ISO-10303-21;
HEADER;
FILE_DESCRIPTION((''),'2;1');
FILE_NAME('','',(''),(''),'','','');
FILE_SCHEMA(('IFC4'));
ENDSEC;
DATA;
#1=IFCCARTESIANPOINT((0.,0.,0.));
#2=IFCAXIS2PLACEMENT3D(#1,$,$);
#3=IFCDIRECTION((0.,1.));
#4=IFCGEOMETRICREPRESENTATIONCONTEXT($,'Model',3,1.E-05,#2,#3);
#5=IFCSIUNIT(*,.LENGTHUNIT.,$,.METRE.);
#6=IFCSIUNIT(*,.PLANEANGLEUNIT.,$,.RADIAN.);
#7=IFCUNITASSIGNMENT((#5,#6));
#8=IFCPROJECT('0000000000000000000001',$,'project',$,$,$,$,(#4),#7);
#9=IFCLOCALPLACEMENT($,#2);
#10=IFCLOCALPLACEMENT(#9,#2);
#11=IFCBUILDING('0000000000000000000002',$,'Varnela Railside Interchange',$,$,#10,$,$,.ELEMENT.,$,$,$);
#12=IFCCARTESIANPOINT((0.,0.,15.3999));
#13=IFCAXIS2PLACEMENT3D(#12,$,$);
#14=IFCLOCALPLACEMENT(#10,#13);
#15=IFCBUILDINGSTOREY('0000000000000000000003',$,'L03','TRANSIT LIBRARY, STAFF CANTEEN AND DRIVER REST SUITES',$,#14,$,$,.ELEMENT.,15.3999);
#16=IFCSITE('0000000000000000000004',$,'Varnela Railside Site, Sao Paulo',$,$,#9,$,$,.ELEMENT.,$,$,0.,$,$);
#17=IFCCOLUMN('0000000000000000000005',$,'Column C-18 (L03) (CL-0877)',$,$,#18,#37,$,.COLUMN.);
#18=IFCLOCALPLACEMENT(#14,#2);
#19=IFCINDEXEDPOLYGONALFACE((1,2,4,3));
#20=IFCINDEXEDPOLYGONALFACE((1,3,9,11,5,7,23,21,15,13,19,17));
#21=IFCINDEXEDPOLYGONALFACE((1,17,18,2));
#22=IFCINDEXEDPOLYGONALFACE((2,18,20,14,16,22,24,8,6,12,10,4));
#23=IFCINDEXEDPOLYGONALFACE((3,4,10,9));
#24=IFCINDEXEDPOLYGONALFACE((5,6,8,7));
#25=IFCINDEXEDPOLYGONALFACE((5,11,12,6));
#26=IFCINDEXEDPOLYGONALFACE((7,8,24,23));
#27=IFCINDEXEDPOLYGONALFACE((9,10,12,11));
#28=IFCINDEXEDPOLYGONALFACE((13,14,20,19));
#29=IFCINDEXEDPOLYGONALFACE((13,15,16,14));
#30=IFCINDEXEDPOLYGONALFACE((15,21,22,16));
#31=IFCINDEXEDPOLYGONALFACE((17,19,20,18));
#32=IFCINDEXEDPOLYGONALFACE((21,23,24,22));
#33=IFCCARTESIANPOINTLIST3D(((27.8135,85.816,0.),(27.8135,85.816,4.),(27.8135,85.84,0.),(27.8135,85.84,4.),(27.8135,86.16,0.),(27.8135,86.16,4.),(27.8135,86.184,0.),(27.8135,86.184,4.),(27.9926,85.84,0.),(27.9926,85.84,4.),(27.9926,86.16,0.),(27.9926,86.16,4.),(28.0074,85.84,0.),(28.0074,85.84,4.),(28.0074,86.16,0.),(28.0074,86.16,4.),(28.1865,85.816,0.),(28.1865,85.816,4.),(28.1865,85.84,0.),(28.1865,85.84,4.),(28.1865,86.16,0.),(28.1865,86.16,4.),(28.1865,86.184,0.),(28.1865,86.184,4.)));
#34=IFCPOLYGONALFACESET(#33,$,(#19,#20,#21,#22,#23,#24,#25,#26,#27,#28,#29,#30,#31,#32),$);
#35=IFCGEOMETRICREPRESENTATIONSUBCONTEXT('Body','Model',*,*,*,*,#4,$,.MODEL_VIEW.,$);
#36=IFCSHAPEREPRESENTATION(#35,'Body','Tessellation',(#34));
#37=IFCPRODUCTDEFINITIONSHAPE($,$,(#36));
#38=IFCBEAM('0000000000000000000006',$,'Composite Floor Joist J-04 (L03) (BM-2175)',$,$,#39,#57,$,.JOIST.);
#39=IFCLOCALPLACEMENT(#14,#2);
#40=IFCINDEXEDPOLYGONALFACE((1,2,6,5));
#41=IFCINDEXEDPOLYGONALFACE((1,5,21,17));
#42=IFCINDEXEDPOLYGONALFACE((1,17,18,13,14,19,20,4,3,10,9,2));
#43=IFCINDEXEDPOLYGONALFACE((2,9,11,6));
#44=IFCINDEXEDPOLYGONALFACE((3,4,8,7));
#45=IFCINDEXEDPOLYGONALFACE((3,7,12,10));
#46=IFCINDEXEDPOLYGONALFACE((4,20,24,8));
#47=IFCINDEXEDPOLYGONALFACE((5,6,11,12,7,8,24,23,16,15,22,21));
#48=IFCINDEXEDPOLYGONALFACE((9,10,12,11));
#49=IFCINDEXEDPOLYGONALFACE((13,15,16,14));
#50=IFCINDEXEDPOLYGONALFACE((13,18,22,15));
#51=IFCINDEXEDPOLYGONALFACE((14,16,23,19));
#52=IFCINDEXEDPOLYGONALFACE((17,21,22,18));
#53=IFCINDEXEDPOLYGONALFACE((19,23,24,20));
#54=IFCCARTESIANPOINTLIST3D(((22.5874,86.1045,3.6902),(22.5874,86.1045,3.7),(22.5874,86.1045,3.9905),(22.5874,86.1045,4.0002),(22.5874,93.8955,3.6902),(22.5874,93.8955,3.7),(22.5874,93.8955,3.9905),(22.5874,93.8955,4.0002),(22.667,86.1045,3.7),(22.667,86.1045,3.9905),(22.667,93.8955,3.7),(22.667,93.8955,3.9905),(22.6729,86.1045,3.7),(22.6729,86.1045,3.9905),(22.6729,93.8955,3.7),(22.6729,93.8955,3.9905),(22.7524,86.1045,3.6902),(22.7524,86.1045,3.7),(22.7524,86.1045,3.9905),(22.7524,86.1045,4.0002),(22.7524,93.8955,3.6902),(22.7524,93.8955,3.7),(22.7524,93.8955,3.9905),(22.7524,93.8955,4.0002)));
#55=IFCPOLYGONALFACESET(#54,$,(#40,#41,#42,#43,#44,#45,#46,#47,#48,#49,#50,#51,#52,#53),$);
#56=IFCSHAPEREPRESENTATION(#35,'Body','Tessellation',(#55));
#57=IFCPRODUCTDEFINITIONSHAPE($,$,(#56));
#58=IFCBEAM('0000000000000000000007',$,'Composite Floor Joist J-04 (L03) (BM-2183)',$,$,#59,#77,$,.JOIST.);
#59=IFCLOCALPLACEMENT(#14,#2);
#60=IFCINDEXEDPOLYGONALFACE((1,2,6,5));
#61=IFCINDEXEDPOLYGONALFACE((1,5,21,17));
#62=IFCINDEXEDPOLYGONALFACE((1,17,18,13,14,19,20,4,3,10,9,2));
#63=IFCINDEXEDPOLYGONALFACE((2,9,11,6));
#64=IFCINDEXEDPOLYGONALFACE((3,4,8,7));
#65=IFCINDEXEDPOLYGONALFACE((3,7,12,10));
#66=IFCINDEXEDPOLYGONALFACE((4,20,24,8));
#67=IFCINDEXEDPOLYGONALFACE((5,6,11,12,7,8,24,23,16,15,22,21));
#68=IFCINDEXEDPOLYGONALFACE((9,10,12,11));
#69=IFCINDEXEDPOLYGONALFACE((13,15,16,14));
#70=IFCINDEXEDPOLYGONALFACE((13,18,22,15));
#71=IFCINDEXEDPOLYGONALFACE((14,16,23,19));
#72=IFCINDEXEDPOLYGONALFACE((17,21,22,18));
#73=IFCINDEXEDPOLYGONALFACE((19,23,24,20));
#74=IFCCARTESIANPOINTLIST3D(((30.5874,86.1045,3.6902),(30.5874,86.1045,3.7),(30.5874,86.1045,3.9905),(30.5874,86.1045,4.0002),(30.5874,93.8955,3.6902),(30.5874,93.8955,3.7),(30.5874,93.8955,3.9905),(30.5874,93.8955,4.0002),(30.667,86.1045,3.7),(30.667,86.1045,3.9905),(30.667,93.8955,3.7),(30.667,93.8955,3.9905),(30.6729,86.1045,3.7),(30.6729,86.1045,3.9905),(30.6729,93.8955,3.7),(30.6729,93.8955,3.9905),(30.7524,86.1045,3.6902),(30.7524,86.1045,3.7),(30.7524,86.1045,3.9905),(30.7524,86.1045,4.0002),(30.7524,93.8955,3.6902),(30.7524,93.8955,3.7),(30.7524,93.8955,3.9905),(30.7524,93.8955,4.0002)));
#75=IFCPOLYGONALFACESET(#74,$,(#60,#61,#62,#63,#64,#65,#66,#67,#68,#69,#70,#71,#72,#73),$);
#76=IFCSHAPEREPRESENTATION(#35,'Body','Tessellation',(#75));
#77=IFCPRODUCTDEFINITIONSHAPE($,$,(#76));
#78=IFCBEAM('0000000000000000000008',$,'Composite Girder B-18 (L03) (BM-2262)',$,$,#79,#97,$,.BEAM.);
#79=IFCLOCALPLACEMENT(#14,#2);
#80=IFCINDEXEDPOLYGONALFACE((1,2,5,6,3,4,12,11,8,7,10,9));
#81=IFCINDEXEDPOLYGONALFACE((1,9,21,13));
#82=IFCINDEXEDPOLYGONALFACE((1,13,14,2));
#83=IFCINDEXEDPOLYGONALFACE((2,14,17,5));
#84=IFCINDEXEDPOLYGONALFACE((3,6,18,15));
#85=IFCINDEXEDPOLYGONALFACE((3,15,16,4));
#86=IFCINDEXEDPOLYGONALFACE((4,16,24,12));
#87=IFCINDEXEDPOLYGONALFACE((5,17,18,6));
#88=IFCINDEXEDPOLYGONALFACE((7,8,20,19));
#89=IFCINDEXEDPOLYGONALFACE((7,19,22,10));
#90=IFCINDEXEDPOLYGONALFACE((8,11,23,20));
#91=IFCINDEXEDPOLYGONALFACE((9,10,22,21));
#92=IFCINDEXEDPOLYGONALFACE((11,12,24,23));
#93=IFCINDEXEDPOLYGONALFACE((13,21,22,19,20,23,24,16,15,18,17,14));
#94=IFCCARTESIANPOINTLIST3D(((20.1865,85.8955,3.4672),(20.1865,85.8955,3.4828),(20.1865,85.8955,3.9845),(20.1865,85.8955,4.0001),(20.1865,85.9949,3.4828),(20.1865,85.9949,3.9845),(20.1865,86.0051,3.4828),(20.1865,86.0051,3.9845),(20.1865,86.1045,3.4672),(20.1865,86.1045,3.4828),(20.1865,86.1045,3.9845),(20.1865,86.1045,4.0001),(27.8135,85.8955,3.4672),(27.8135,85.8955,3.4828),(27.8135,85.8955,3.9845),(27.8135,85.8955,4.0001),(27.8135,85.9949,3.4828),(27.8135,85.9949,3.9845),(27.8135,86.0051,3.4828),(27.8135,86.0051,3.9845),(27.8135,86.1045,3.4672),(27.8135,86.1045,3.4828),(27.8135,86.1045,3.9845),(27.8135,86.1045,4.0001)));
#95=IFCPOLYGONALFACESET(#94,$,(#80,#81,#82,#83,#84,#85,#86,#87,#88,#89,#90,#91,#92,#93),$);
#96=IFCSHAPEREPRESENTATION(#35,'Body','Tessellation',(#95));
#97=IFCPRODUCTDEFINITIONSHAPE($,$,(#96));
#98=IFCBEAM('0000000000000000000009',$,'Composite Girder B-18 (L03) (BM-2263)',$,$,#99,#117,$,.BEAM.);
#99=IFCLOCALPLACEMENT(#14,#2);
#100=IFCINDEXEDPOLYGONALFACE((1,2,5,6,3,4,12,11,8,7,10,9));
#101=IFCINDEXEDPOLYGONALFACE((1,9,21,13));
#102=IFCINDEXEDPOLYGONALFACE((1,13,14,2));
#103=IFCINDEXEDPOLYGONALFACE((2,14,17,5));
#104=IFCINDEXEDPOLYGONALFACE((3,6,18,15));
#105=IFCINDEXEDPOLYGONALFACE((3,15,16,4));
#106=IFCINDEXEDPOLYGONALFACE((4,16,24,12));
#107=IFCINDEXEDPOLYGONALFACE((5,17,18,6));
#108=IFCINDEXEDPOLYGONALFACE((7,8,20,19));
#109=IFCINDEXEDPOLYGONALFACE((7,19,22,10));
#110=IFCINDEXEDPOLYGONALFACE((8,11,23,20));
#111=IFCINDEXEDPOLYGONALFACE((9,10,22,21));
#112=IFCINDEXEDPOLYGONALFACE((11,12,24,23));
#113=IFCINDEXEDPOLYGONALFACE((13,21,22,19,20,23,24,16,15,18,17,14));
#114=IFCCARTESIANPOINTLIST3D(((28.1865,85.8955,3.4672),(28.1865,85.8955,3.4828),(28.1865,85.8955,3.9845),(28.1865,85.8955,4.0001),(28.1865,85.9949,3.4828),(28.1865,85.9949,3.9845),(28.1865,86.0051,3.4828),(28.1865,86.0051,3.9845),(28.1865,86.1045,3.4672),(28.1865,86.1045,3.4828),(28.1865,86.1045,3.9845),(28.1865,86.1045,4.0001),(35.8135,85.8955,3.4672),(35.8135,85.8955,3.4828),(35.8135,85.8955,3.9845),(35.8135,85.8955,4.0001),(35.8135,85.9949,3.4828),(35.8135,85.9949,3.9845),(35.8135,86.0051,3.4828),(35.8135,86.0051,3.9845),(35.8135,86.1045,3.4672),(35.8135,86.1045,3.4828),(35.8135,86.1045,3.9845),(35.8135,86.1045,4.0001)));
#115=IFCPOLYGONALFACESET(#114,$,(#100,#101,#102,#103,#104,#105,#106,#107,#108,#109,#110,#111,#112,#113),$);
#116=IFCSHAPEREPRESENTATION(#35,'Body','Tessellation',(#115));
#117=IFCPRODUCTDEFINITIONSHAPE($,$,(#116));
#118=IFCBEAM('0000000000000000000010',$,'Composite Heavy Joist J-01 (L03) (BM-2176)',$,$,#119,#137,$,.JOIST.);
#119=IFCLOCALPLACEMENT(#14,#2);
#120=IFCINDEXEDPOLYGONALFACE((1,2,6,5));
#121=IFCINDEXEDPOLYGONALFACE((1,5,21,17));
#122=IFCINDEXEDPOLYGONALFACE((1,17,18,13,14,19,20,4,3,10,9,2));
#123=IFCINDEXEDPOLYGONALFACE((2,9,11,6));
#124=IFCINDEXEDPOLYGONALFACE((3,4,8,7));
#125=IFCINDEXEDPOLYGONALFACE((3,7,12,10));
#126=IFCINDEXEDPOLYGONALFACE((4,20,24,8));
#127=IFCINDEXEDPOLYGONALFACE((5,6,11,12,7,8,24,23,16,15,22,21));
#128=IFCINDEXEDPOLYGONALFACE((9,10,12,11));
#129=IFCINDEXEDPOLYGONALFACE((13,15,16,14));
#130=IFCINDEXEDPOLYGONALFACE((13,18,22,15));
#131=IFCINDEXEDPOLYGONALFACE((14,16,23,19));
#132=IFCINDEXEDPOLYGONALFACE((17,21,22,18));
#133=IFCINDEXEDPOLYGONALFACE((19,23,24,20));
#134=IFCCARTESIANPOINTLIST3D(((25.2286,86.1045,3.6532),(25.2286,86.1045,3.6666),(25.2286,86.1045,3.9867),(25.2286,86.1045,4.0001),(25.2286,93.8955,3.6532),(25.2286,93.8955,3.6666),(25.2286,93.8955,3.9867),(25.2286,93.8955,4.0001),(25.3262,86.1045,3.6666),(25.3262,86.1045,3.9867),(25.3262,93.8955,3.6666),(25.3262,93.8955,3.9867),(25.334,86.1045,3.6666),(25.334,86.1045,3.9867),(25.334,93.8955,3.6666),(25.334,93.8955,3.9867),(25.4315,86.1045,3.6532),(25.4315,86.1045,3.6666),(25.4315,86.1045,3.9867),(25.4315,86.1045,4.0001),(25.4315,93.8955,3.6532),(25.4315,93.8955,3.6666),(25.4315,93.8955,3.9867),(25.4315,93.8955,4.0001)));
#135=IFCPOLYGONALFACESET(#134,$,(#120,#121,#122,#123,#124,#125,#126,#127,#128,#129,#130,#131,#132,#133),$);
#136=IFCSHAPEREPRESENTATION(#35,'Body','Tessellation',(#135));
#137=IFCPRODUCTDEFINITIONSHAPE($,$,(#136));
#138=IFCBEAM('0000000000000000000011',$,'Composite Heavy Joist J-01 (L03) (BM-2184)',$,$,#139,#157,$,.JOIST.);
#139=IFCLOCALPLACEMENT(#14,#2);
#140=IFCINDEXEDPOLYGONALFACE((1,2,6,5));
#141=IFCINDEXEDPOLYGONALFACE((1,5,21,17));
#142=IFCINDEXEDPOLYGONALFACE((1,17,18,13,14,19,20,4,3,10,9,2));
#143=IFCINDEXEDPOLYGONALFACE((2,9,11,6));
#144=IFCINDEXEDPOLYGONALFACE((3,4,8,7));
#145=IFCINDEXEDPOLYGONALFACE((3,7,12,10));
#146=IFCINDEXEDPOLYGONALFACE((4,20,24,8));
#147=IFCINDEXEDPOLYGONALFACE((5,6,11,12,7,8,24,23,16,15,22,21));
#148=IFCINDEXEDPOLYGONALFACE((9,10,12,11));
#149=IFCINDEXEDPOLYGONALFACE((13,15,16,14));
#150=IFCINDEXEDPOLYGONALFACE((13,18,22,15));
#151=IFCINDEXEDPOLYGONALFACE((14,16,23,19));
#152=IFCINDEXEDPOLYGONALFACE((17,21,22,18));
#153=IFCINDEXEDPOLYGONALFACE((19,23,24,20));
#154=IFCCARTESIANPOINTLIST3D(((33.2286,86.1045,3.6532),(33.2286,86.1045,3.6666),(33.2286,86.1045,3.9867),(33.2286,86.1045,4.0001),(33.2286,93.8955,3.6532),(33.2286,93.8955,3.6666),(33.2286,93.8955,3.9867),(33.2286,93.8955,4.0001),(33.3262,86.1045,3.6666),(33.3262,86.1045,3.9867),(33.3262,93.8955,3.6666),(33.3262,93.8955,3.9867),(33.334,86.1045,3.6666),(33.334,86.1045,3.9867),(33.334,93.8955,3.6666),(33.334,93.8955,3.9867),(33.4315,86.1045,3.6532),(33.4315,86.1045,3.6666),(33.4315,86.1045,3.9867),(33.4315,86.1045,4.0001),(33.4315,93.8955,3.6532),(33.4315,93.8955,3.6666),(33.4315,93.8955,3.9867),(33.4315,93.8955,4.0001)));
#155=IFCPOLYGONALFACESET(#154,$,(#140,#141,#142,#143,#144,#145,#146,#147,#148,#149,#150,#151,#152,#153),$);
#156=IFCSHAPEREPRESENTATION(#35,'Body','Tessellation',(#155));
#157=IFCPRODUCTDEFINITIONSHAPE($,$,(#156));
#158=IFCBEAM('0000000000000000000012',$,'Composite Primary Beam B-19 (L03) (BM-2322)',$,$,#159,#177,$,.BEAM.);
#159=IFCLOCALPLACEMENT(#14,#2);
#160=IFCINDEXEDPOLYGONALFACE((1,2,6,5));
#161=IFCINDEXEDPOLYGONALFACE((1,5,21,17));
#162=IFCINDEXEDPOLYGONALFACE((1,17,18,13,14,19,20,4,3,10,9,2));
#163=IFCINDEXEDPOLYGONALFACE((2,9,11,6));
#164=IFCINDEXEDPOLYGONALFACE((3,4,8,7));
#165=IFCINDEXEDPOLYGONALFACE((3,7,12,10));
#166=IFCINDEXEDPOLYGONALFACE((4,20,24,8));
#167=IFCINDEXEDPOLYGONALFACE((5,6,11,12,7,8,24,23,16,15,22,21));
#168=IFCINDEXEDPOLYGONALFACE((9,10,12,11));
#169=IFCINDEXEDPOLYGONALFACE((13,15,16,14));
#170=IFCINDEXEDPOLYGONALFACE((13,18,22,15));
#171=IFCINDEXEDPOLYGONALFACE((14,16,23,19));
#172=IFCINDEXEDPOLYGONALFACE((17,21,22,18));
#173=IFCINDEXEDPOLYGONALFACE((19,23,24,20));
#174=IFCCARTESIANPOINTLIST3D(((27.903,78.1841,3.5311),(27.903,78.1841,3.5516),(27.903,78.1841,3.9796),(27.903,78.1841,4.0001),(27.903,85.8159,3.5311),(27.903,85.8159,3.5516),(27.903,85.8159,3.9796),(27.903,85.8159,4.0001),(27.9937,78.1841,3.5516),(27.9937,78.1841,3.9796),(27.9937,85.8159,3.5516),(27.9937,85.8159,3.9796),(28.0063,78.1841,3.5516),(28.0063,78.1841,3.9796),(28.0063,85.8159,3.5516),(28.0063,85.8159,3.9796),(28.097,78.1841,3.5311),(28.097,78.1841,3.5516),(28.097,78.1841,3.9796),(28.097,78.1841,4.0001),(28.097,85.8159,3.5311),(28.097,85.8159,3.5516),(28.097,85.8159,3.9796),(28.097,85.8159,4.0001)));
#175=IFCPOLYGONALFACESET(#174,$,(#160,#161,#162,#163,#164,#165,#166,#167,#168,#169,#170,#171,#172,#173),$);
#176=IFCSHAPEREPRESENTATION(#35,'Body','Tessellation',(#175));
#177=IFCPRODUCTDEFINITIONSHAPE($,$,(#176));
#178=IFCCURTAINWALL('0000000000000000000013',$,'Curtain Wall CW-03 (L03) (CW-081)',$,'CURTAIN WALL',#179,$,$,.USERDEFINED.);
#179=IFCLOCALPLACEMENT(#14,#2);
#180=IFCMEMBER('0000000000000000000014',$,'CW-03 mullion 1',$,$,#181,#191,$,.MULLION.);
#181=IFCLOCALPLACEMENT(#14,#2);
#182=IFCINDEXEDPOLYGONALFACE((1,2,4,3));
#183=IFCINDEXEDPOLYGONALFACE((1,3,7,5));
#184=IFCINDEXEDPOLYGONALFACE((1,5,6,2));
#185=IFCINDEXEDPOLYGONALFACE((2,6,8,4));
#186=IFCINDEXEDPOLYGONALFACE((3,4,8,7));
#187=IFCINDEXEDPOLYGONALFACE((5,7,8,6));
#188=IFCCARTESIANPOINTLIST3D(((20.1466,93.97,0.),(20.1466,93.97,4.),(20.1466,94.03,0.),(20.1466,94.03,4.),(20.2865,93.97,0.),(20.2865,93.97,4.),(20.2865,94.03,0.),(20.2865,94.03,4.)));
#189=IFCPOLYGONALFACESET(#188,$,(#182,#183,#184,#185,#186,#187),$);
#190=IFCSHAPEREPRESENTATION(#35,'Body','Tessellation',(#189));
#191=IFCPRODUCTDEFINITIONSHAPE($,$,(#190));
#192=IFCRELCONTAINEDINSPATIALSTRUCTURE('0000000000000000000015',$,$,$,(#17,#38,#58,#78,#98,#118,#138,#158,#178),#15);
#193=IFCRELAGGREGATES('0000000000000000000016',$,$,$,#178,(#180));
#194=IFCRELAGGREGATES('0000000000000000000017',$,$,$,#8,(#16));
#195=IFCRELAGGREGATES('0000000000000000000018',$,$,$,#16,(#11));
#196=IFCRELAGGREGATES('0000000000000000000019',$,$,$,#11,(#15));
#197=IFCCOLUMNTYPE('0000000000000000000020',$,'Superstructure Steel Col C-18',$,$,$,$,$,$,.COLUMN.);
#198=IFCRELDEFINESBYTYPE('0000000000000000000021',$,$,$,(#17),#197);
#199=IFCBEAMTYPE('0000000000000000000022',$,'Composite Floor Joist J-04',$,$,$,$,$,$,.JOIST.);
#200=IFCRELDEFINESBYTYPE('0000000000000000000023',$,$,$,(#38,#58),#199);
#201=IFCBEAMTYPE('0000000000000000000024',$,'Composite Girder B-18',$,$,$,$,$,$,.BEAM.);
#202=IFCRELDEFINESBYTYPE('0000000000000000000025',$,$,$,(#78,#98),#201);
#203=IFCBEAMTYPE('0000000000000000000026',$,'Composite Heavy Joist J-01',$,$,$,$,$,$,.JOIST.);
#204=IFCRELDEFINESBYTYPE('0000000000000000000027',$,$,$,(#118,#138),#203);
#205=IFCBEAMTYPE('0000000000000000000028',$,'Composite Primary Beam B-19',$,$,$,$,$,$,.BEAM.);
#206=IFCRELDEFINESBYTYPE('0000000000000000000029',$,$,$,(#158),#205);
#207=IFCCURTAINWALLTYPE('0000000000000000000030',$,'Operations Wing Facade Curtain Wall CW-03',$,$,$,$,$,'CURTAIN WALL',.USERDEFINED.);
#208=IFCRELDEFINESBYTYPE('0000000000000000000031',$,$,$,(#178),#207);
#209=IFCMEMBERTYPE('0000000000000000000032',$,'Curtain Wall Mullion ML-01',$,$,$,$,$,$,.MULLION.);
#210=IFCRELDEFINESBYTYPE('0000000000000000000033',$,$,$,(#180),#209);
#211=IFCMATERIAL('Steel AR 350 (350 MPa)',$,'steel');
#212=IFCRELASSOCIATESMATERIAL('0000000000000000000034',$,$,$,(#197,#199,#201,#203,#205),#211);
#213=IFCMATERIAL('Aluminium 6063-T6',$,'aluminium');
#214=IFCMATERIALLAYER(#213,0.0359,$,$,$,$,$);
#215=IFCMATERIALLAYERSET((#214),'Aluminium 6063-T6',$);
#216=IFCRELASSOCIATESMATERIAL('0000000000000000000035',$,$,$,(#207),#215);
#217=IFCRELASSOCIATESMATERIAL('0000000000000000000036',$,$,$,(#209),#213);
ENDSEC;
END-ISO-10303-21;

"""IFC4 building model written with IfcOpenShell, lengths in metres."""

from ifc_helpers import new_model, si_unit, direction, frame, origin, origin_2d, place, context, subcontext, project, spatial, rectangle, i_section, extrude, material, layer, layer_set, material_profile, profile_set, type_object, element, aggregate, save


model = new_model("IFC4")

# Units and contexts
model_context = context("Model", 3, precision=1e-05, world=origin(), true_north=direction((0.0, 1.0)))
body_context = subcontext(model_context, "Body", "Model", "MODEL_VIEW")
ifc_project = project(units=[si_unit("LENGTHUNIT", "METRE"), si_unit("PLANEANGLEUNIT", "RADIAN")], contexts=[model_context])

# Site, building, storey
site_placement = place(None, origin())
site = spatial("IfcSite", under=ifc_project, at=site_placement, Name="Varnela Railside Site, Sao Paulo", CompositionType="ELEMENT", RefElevation=0.0)
building_placement = place(site_placement, origin())
building = spatial("IfcBuilding", under=site, at=building_placement, Name="Varnela Railside Interchange", CompositionType="ELEMENT")
storey_placement = place(building_placement, frame((0.0, 0.0, 15.3999)))
storey = spatial("IfcBuildingStorey", under=building, at=storey_placement, Name="L03", Description="TRANSIT LIBRARY, STAFF CANTEEN AND DRIVER REST SUITES", CompositionType="ELEMENT", Elevation=15.3999)

# Column
ifc_material_1 = material(Name="Steel AR 350 (350 MPa)", Category="steel")
ifc_material_profile_1 = material_profile(ifc_material_1, i_section(OverallWidth=0.373, OverallDepth=0.3679, WebThickness=0.0149, FlangeThickness=0.0239, at=origin_2d()), Name="W360x179")
ifc_profile_set_1 = profile_set([ifc_material_profile_1], Name="Steel AR 350 (350 MPa)")
column_type = type_object("IfcColumnType", Name="Superstructure Steel Col C-18", PredefinedType="COLUMN", material=ifc_profile_set_1)
column_placement = place(storey_placement, frame((28.0, 86.0, 0.0), z_axis=(0.0, 0.0, 1.0), x_axis=(1.0, 0.0, 0.0)))
element("IfcColumn", 1, at=column_placement, inside=storey, type_object=column_type, Name="Column C-18 (L03) (CL-0877)", PredefinedType="COLUMN", context=body_context, shape_type="SweptSolid", body=[
    extrude(i_section(OverallWidth=0.373, OverallDepth=0.3679, WebThickness=0.0149, FlangeThickness=0.0239, at=origin_2d()), origin(), (0.0, 0.0, 1.0), 4.0),
])

# Beams
ifc_material_profile_2 = material_profile(ifc_material_1, i_section(OverallWidth=0.165, OverallDepth=0.3101, WebThickness=0.0059, FlangeThickness=0.0098, at=origin_2d()), Name="W310x38.7")
ifc_profile_set_2 = profile_set([ifc_material_profile_2], Name="Steel AR 350 (350 MPa)")
beam_type_1 = type_object("IfcBeamType", Name="Composite Floor Joist J-04", PredefinedType="JOIST", material=ifc_profile_set_2)
for number, where, z_axis, x_axis, name in (
    (2, (22.6699, 86.1045, 3.8452), (0.0, 1.0, 0.0), (-1.0, 0.0, 0.0), "Composite Floor Joist J-04 (L03) (BM-2175)"),
    (3, (30.6699, 86.1045, 3.8452), (0.0, 1.0, 0.0), (-1.0, 0.0, 0.0), "Composite Floor Joist J-04 (L03) (BM-2183)"),
):
    element("IfcBeam", number, at=place(storey_placement, frame(where, z_axis=z_axis, x_axis=x_axis)), inside=storey, type_object=beam_type_1, Name=name, PredefinedType="JOIST", context=body_context, shape_type="SweptSolid", body=[
        extrude(i_section(OverallWidth=0.165, OverallDepth=0.3101, WebThickness=0.0059, FlangeThickness=0.0098, at=origin_2d()), origin(), (0.0, 0.0, 1.0), 7.791),
    ])
ifc_material_profile_3 = material_profile(ifc_material_1, i_section(OverallWidth=0.209, OverallDepth=0.533, WebThickness=0.0103, FlangeThickness=0.0156, at=origin_2d()), Name="W530x92")
ifc_profile_set_3 = profile_set([ifc_material_profile_3], Name="Steel AR 350 (350 MPa)")
beam_type_2 = type_object("IfcBeamType", Name="Composite Girder B-18", PredefinedType="BEAM", material=ifc_profile_set_3)
for number, where, z_axis, x_axis, name in (
    (4, (20.1865, 86.0, 3.7336), (1.0, 0.0, 0.0), (0.0, 1.0, 0.0), "Composite Girder B-18 (L03) (BM-2262)"),
    (5, (28.1865, 86.0, 3.7336), (1.0, 0.0, 0.0), (0.0, 1.0, 0.0), "Composite Girder B-18 (L03) (BM-2263)"),
):
    element("IfcBeam", number, at=place(storey_placement, frame(where, z_axis=z_axis, x_axis=x_axis)), inside=storey, type_object=beam_type_2, Name=name, PredefinedType="BEAM", context=body_context, shape_type="SweptSolid", body=[
        extrude(i_section(OverallWidth=0.209, OverallDepth=0.533, WebThickness=0.0103, FlangeThickness=0.0156, at=origin_2d()), origin(), (0.0, 0.0, 1.0), 7.627),
    ])
ifc_material_profile_4 = material_profile(ifc_material_1, i_section(OverallWidth=0.2029, OverallDepth=0.3469, WebThickness=0.0078, FlangeThickness=0.0134, at=origin_2d()), Name="W360x64")
ifc_profile_set_4 = profile_set([ifc_material_profile_4], Name="Steel AR 350 (350 MPa)")
beam_type_3 = type_object("IfcBeamType", Name="Composite Heavy Joist J-01", PredefinedType="JOIST", material=ifc_profile_set_4)
for number, where, z_axis, x_axis, name in (
    (6, (25.3301, 86.1045, 3.8267), (0.0, 1.0, 0.0), (-1.0, 0.0, 0.0), "Composite Heavy Joist J-01 (L03) (BM-2176)"),
    (7, (33.3301, 86.1045, 3.8267), (0.0, 1.0, 0.0), (-1.0, 0.0, 0.0), "Composite Heavy Joist J-01 (L03) (BM-2184)"),
):
    element("IfcBeam", number, at=place(storey_placement, frame(where, z_axis=z_axis, x_axis=x_axis)), inside=storey, type_object=beam_type_3, Name=name, PredefinedType="JOIST", context=body_context, shape_type="SweptSolid", body=[
        extrude(i_section(OverallWidth=0.2029, OverallDepth=0.3469, WebThickness=0.0078, FlangeThickness=0.0134, at=origin_2d()), origin(), (0.0, 0.0, 1.0), 7.791),
    ])
ifc_material_profile_5 = material_profile(ifc_material_1, i_section(OverallWidth=0.1941, OverallDepth=0.469, WebThickness=0.0127, FlangeThickness=0.0205, at=origin_2d()), Name="W460x106")
ifc_profile_set_5 = profile_set([ifc_material_profile_5], Name="Steel AR 350 (350 MPa)")
beam_type_4 = type_object("IfcBeamType", Name="Composite Primary Beam B-19", PredefinedType="BEAM", material=ifc_profile_set_5)
beam_1_placement = place(storey_placement, frame((28.0, 78.1841, 3.7656), z_axis=(0.0, 1.0, 0.0), x_axis=(-1.0, 0.0, 0.0)))
element("IfcBeam", 8, at=beam_1_placement, inside=storey, type_object=beam_type_4, Name="Composite Primary Beam B-19 (L03) (BM-2322)", PredefinedType="BEAM", context=body_context, shape_type="SweptSolid", body=[
    extrude(i_section(OverallWidth=0.1941, OverallDepth=0.469, WebThickness=0.0127, FlangeThickness=0.0205, at=origin_2d()), origin(), (0.0, 0.0, 1.0), 7.6318),
])

# Curtain wall, member
ifc_material_2 = material(Name="Aluminium 6063-T6", Category="aluminium")
ifc_layer_1 = layer(ifc_material_2, 0.0359)
ifc_layer_set_1 = layer_set([ifc_layer_1], Name="Aluminium 6063-T6")
curtain_wall_type = type_object("IfcCurtainWallType", Name="Operations Wing Facade Curtain Wall CW-03", ElementType="CURTAIN WALL", PredefinedType="USERDEFINED", material=ifc_layer_set_1)
curtain_wall_placement = place(storey_placement, origin())
curtain_wall = element("IfcCurtainWall", 9, at=curtain_wall_placement, inside=storey, type_object=curtain_wall_type, Name="Curtain Wall CW-03 (L03) (CW-081)", ObjectType="CURTAIN WALL", PredefinedType="USERDEFINED")
ifc_material_profile_6 = material_profile(ifc_material_2, rectangle(XDim=0.0601, YDim=0.1399, at=origin_2d()), Name="ALU 60x140")
ifc_profile_set_6 = profile_set([ifc_material_profile_6], Name="Aluminium 6063-T6")
member_type_1 = type_object("IfcMemberType", Name="Curtain Wall Mullion ML-01", PredefinedType="MULLION", material=ifc_profile_set_6)
member_1_placement = place(storey_placement, frame((20.2166, 94.0, 0.0), z_axis=(0.0, 0.0, 1.0), x_axis=(0.0, 1.0, 0.0)))
member_1 = element("IfcMember", 10, at=member_1_placement, type_object=member_type_1, Name="CW-03 mullion 1", PredefinedType="MULLION", context=body_context, shape_type="SweptSolid", body=[
    extrude(rectangle(XDim=0.0601, YDim=0.1399, at=origin_2d()), origin(), (0.0, 0.0, 1.0), 4.0),
])

aggregate(curtain_wall, [member_1])

save(model, "model.ifc")
